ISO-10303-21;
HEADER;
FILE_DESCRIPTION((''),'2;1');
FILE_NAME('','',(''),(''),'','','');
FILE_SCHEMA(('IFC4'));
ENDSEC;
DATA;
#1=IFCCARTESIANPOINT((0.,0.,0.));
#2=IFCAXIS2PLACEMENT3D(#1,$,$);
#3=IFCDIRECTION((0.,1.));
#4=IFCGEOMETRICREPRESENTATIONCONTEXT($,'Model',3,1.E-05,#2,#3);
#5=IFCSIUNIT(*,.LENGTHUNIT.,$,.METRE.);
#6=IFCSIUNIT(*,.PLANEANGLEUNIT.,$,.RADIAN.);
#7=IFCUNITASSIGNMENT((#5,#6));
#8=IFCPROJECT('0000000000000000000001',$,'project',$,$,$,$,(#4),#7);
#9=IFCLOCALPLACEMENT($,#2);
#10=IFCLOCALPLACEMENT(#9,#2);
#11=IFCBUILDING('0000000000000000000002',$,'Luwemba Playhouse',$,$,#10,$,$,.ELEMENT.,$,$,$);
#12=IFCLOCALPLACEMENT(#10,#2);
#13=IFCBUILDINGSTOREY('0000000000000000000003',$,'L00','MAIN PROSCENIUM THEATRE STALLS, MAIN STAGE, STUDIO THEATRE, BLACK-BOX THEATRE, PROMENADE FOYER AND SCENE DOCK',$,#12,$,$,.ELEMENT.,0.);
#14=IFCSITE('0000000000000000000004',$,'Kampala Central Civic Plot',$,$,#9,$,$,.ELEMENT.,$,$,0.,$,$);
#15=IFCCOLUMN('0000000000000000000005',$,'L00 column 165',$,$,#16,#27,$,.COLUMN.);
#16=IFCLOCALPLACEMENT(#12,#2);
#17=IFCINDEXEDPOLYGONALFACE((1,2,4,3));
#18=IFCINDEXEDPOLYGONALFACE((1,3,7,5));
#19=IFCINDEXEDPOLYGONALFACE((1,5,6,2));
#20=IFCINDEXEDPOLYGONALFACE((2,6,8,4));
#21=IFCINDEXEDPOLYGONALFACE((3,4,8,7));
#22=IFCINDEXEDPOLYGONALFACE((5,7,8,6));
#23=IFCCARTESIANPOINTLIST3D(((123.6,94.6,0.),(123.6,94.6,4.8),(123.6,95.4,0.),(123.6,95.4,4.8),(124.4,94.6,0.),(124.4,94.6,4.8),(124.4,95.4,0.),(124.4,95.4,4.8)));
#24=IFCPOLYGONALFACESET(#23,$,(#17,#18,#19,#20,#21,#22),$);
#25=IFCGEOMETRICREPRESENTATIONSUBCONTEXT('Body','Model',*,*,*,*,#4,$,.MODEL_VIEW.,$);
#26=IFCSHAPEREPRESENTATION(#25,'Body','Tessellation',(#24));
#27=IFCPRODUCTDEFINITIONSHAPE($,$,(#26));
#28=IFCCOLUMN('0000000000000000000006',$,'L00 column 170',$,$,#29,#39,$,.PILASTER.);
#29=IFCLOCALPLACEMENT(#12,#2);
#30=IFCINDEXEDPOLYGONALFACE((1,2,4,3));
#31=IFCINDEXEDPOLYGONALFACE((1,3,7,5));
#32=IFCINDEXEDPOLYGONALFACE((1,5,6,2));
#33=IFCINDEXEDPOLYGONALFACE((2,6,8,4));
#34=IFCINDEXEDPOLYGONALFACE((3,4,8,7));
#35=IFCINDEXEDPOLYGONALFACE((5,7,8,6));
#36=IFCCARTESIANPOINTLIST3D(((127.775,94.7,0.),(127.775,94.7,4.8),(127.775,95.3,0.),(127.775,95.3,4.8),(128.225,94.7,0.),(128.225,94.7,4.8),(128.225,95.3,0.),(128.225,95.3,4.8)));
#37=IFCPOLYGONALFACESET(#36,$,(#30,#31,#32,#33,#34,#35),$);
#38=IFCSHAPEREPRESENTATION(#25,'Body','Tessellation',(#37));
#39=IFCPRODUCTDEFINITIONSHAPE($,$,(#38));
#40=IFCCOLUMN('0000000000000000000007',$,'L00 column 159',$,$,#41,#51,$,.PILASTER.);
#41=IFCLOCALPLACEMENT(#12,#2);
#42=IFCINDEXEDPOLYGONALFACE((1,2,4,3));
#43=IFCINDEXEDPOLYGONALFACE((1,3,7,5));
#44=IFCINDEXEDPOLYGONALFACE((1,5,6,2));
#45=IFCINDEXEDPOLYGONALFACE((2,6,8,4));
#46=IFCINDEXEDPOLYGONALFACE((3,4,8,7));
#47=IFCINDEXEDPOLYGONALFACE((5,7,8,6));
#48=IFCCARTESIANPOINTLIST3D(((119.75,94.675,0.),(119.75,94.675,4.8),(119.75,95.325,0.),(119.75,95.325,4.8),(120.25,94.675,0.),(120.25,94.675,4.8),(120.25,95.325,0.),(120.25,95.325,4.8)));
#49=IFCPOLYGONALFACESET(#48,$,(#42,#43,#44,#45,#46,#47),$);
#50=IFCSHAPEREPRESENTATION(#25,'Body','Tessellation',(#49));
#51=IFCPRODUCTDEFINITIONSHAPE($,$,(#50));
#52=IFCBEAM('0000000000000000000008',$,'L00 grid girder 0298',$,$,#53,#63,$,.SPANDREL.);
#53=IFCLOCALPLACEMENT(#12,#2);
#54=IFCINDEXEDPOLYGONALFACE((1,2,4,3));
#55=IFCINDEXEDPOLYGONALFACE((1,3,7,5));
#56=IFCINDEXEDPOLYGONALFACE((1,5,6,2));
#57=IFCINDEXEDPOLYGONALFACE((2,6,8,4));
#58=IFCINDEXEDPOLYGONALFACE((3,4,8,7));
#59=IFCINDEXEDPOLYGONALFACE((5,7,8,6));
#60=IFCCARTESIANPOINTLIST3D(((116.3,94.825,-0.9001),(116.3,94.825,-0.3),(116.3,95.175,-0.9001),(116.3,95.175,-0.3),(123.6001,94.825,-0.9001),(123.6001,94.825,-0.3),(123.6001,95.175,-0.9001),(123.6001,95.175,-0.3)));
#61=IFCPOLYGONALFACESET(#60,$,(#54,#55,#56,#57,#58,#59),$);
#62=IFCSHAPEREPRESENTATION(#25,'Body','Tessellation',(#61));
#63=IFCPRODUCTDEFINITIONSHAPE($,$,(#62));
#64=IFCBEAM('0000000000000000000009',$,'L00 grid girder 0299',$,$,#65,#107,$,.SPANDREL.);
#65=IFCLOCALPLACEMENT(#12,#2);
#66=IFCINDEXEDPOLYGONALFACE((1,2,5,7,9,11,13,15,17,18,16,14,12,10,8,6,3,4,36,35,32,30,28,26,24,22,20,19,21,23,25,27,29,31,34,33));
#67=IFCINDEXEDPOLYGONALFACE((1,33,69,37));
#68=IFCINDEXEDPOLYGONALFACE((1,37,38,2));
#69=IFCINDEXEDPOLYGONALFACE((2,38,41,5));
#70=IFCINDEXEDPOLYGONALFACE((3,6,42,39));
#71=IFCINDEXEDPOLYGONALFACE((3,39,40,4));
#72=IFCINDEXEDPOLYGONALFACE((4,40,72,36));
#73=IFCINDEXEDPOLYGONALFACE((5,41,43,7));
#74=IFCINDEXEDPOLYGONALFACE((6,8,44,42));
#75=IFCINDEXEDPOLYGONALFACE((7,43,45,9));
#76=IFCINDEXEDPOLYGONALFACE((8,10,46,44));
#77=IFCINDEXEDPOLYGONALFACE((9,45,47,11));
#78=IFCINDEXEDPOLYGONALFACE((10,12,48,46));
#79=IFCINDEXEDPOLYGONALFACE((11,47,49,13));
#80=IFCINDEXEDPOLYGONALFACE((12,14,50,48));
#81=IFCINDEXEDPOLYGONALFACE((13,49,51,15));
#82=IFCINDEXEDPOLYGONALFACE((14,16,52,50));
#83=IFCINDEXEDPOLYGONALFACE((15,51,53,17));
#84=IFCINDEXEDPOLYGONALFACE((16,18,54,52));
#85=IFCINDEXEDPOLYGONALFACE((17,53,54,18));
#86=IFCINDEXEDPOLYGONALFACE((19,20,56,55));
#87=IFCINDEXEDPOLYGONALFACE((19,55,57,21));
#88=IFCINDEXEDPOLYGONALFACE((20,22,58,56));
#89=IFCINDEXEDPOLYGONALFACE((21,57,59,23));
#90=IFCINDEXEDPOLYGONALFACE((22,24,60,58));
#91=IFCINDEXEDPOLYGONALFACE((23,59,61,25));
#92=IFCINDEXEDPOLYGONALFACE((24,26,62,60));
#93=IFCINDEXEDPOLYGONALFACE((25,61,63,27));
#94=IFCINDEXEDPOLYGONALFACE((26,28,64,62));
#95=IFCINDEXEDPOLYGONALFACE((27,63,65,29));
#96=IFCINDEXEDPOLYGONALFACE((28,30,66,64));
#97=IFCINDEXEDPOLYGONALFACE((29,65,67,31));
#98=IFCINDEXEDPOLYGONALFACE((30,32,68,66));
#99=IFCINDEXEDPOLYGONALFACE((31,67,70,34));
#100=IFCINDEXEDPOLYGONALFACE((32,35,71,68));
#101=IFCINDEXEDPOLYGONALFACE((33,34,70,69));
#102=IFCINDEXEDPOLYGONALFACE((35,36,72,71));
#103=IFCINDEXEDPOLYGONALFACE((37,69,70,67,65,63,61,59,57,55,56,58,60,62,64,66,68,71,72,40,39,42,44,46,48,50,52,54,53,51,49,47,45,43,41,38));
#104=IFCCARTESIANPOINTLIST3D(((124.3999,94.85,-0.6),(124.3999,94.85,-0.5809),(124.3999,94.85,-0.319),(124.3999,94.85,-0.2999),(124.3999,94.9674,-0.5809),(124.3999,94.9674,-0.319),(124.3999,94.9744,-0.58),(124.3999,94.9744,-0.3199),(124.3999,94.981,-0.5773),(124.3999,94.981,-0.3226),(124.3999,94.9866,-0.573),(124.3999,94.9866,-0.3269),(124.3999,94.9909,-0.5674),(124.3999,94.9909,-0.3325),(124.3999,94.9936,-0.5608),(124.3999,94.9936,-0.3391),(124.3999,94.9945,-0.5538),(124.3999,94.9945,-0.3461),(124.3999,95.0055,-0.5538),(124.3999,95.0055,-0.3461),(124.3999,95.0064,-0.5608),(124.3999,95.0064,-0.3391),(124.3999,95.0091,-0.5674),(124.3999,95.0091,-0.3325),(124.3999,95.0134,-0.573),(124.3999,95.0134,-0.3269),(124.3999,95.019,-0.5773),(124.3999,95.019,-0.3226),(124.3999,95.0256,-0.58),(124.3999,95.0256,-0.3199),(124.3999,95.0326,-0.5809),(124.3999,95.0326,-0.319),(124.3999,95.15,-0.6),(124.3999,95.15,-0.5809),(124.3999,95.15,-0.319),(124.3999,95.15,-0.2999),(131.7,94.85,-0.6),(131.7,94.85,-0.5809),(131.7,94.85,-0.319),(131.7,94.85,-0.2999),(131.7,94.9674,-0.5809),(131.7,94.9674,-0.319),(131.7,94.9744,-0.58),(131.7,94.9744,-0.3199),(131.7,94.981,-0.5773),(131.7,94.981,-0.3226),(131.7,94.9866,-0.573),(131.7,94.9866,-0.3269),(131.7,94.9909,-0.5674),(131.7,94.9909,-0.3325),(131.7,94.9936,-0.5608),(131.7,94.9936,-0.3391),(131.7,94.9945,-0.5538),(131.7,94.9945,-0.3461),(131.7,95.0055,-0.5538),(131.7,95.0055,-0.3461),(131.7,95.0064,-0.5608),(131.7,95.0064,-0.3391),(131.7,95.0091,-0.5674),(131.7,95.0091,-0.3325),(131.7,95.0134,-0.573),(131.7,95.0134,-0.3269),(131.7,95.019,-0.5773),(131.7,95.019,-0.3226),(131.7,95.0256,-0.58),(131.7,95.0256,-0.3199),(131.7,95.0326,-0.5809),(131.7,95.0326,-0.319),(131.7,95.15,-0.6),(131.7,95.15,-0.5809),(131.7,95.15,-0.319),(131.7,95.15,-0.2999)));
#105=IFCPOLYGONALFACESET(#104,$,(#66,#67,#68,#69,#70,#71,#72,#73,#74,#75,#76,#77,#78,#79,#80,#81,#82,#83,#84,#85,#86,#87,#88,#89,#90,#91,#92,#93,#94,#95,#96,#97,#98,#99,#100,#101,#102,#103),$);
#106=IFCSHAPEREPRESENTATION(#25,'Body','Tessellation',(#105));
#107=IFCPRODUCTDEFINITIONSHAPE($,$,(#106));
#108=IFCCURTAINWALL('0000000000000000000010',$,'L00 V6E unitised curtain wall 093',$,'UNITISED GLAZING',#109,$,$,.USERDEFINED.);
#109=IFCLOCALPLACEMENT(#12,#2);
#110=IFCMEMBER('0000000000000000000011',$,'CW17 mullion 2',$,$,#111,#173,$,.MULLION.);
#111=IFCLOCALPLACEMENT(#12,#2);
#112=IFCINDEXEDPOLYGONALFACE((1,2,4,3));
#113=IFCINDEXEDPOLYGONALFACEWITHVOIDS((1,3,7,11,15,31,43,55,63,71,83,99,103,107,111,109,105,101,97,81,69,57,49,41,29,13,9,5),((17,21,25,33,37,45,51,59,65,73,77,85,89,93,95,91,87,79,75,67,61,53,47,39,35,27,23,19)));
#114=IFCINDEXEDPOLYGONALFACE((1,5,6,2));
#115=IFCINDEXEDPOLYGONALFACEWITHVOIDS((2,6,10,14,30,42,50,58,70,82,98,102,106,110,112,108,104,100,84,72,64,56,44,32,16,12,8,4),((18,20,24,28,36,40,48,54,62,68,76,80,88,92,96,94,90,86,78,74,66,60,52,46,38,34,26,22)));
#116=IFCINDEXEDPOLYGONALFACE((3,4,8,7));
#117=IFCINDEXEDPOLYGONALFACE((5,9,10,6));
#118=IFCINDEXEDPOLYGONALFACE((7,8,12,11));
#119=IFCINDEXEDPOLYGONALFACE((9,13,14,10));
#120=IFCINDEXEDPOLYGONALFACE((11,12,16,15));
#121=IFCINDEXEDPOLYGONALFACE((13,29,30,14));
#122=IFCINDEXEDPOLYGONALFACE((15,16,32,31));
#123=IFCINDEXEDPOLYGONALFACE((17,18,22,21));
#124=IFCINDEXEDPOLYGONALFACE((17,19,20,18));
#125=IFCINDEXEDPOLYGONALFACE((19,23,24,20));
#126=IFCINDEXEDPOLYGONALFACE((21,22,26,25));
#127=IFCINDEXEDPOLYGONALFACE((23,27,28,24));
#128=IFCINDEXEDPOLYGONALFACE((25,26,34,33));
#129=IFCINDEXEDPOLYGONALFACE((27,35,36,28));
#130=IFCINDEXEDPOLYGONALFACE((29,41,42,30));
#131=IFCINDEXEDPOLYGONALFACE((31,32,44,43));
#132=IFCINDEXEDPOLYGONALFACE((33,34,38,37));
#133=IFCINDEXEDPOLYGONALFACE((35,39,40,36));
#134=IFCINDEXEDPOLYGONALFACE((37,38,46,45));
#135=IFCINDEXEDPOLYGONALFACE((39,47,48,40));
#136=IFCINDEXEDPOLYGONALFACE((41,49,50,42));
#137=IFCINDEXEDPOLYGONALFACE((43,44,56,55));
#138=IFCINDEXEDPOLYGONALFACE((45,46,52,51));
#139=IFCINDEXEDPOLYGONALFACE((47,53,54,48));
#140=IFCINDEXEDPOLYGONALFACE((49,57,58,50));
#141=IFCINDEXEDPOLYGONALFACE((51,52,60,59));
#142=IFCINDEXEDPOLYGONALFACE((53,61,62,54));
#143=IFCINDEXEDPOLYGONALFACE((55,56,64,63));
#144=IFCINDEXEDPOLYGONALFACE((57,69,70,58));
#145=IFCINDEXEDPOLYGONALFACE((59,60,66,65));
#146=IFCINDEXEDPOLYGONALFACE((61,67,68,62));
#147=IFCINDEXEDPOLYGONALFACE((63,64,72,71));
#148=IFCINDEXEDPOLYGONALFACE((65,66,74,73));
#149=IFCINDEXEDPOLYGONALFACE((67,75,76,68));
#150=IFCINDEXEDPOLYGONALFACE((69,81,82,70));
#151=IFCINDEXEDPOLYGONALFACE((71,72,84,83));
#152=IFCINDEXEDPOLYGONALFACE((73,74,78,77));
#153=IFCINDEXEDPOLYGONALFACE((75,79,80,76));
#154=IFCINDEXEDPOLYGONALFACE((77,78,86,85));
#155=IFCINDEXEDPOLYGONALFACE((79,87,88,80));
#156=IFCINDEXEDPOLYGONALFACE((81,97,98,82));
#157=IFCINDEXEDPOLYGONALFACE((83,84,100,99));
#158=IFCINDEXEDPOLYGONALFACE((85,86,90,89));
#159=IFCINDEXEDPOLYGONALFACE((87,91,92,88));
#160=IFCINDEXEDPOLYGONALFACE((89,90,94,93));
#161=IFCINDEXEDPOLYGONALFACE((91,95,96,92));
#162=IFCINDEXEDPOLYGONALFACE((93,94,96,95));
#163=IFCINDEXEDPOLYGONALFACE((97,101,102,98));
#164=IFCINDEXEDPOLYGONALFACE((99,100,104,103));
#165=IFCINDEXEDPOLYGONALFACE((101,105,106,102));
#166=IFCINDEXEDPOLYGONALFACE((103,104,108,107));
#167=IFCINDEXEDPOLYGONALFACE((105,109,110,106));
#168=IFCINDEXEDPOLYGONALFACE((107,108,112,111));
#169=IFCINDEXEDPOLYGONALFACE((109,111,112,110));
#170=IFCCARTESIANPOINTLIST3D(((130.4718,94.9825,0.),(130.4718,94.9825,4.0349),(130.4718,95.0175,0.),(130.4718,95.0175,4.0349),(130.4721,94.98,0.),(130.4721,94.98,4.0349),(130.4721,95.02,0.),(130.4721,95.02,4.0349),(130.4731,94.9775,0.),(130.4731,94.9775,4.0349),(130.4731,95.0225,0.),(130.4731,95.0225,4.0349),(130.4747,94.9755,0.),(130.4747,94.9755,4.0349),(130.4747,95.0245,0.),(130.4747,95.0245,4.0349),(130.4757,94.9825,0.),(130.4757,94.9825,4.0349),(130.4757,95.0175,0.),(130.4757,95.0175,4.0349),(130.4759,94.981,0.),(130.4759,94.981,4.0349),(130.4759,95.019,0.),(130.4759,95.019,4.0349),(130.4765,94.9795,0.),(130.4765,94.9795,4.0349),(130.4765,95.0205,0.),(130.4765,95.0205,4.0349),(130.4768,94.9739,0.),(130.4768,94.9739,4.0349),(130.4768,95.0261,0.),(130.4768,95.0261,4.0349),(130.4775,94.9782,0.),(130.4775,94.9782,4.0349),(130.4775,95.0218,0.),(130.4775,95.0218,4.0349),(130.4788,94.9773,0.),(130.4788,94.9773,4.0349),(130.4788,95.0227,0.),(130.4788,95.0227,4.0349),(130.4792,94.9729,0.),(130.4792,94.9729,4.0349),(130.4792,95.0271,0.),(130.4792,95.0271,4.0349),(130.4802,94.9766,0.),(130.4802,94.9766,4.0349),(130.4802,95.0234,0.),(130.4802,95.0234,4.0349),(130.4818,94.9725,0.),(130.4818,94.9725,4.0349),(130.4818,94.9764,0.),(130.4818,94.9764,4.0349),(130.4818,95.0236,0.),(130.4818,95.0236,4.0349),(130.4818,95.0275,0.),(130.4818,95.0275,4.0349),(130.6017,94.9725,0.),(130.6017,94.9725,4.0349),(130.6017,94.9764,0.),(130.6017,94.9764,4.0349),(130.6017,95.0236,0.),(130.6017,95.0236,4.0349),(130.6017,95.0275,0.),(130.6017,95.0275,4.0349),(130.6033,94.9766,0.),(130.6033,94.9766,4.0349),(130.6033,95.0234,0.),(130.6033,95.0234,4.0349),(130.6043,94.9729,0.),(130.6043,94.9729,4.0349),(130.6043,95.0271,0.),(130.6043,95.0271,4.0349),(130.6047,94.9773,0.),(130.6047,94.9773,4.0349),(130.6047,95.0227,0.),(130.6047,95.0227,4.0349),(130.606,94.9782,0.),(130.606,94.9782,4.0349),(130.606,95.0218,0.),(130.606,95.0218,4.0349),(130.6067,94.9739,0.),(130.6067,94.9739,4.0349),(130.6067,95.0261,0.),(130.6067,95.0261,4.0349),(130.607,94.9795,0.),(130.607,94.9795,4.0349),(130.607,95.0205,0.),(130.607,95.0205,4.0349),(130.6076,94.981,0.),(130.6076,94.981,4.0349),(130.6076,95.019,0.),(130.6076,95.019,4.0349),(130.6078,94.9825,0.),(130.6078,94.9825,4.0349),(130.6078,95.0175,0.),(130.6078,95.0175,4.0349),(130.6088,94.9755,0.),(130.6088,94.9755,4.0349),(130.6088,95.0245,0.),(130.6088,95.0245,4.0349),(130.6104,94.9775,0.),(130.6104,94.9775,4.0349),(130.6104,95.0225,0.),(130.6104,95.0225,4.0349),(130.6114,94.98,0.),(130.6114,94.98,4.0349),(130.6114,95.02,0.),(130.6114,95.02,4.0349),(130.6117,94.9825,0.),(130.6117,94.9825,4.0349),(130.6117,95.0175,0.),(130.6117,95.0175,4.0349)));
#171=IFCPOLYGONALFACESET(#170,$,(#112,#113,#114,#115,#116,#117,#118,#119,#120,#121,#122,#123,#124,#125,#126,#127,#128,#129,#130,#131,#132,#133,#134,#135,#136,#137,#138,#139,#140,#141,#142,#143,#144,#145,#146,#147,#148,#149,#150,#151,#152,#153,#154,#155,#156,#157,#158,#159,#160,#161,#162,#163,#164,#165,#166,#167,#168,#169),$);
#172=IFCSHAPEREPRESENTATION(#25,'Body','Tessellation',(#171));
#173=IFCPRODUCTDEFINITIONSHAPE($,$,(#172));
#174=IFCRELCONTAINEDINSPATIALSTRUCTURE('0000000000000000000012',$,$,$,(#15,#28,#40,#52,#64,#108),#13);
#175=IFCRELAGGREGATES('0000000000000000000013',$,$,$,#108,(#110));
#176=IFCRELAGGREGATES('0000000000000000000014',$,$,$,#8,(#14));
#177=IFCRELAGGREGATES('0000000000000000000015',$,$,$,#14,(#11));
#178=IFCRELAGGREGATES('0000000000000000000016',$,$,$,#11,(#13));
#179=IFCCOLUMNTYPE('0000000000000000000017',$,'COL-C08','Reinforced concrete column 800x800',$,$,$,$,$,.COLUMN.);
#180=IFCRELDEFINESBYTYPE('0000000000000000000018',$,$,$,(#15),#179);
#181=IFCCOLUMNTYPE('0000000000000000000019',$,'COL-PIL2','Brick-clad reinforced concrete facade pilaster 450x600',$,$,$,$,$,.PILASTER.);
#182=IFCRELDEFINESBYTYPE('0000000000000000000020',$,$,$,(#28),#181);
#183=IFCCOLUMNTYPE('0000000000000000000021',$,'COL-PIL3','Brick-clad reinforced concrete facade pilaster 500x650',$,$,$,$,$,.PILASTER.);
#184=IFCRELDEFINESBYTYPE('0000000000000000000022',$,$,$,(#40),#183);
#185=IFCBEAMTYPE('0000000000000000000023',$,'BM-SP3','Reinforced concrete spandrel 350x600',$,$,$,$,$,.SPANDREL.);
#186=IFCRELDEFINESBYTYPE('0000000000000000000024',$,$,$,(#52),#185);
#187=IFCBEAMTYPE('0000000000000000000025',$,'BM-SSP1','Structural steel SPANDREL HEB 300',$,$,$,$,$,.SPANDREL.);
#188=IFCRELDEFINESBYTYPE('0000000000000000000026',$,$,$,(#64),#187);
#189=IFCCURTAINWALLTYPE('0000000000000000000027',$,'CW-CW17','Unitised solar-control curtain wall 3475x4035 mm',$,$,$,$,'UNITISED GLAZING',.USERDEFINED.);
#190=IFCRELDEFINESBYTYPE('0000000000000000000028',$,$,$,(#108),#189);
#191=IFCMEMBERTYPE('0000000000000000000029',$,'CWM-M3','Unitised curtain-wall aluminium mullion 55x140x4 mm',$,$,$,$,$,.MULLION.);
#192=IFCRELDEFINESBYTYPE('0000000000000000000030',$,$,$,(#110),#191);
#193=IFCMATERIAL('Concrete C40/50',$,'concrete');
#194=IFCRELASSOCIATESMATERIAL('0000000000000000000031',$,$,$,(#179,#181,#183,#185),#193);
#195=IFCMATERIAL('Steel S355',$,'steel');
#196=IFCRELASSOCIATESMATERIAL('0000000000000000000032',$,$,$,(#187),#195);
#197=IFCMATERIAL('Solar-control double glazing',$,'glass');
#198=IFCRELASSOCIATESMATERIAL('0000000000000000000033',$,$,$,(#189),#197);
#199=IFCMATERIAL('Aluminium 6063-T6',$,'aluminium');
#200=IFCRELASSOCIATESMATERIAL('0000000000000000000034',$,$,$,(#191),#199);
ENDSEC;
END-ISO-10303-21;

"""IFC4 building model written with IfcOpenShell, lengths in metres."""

from ifc_helpers import new_model, si_unit, direction, frame, origin, origin_2d, place, context, subcontext, project, spatial, rectangle, hollow_rectangle, i_section, extrude, material, material_profile, profile_set, type_object, element, aggregate, save


model = new_model("IFC4")

# Units and contexts
model_context = context("Model", 3, precision=1e-05, world=origin(), true_north=direction((0.0, 1.0)))
body_context = subcontext(model_context, "Body", "Model", "MODEL_VIEW")
ifc_project = project(units=[si_unit("LENGTHUNIT", "METRE"), si_unit("PLANEANGLEUNIT", "RADIAN")], contexts=[model_context])

# Site, building, storey
site_placement = place(None, origin())
site = spatial("IfcSite", under=ifc_project, at=site_placement, Name="Kampala Central Civic Plot", CompositionType="ELEMENT", RefElevation=0.0)
building_placement = place(site_placement, origin())
building = spatial("IfcBuilding", under=site, at=building_placement, Name="Luwemba Playhouse", CompositionType="ELEMENT")
storey_placement = place(building_placement, origin())
storey = spatial("IfcBuildingStorey", under=building, at=storey_placement, Name="L00", Description="MAIN PROSCENIUM THEATRE STALLS, MAIN STAGE, STUDIO THEATRE, BLACK-BOX THEATRE, PROMENADE FOYER AND SCENE DOCK", CompositionType="ELEMENT", Elevation=0.0)

# Columns
ifc_material_1 = material(Name="Concrete C40/50", Category="concrete")
ifc_material_profile_1 = material_profile(ifc_material_1, rectangle(XDim=0.8, YDim=0.8, at=origin_2d()))
ifc_profile_set_1 = profile_set([ifc_material_profile_1], Name="Concrete C40/50")
column_type_1 = type_object("IfcColumnType", Name="COL-C08", Description="Reinforced concrete column 800x800", PredefinedType="COLUMN", material=ifc_profile_set_1)
column_1_placement = place(storey_placement, frame((124.0, 95.0, 0.0), z_axis=(0.0, 0.0, 1.0), x_axis=(1.0, 0.0, 0.0)))
element("IfcColumn", 1, at=column_1_placement, inside=storey, type_object=column_type_1, Name="L00 column 165", PredefinedType="COLUMN", context=body_context, shape_type="SweptSolid", body=[
    extrude(rectangle(XDim=0.8, YDim=0.8, at=origin_2d()), origin(), (0.0, 0.0, 1.0), 4.8),
])
ifc_material_profile_2 = material_profile(ifc_material_1, rectangle(XDim=0.45, YDim=0.6001, at=origin_2d()))
ifc_profile_set_2 = profile_set([ifc_material_profile_2], Name="Concrete C40/50")
column_type_2 = type_object("IfcColumnType", Name="COL-PIL2", Description="Brick-clad reinforced concrete facade pilaster 450x600", PredefinedType="PILASTER", material=ifc_profile_set_2)
column_2_placement = place(storey_placement, frame((128.0, 95.0, 0.0), z_axis=(0.0, 0.0, 1.0), x_axis=(1.0, 0.0, 0.0)))
element("IfcColumn", 2, at=column_2_placement, inside=storey, type_object=column_type_2, Name="L00 column 170", PredefinedType="PILASTER", context=body_context, shape_type="SweptSolid", body=[
    extrude(rectangle(XDim=0.45, YDim=0.6001, at=origin_2d()), origin(), (0.0, 0.0, 1.0), 4.8),
])
ifc_material_profile_3 = material_profile(ifc_material_1, rectangle(XDim=0.5, YDim=0.6499, at=origin_2d()))
ifc_profile_set_3 = profile_set([ifc_material_profile_3], Name="Concrete C40/50")
column_type_3 = type_object("IfcColumnType", Name="COL-PIL3", Description="Brick-clad reinforced concrete facade pilaster 500x650", PredefinedType="PILASTER", material=ifc_profile_set_3)
column_3_placement = place(storey_placement, frame((120.0, 95.0, 0.0), z_axis=(0.0, 0.0, 1.0), x_axis=(1.0, 0.0, 0.0)))
element("IfcColumn", 3, at=column_3_placement, inside=storey, type_object=column_type_3, Name="L00 column 159", PredefinedType="PILASTER", context=body_context, shape_type="SweptSolid", body=[
    extrude(rectangle(XDim=0.5, YDim=0.6499, at=origin_2d()), origin(), (0.0, 0.0, 1.0), 4.8),
])

# Beams
ifc_material_profile_4 = material_profile(ifc_material_1, rectangle(XDim=0.3501, YDim=0.6001, at=origin_2d()))
ifc_profile_set_4 = profile_set([ifc_material_profile_4], Name="Concrete C40/50")
beam_type_1 = type_object("IfcBeamType", Name="BM-SP3", Description="Reinforced concrete spandrel 350x600", PredefinedType="SPANDREL", material=ifc_profile_set_4)
beam_1_placement = place(storey_placement, frame((116.3, 95.0, -0.6001), z_axis=(1.0, 0.0, 0.0), x_axis=(0.0, 1.0, 0.0)))
element("IfcBeam", 4, at=beam_1_placement, inside=storey, type_object=beam_type_1, Name="L00 grid girder 0298", PredefinedType="SPANDREL", context=body_context, shape_type="SweptSolid", body=[
    extrude(rectangle(XDim=0.3501, YDim=0.6001, at=origin_2d()), origin(), (0.0, 0.0, 1.0), 7.3),
])
ifc_material_2 = material(Name="Steel S355", Category="steel")
ifc_material_profile_5 = material_profile(ifc_material_2, i_section(OverallWidth=0.3, OverallDepth=0.3, WebThickness=0.011, FlangeThickness=0.019, FilletRadius=0.0271, at=origin_2d()))
ifc_profile_set_5 = profile_set([ifc_material_profile_5], Name="Steel S355")
beam_type_2 = type_object("IfcBeamType", Name="BM-SSP1", Description="Structural steel SPANDREL HEB 300", PredefinedType="SPANDREL", material=ifc_profile_set_5)
beam_2_placement = place(storey_placement, frame((124.3999, 95.0, -0.45), z_axis=(1.0, 0.0, 0.0), x_axis=(0.0, 1.0, 0.0)))
element("IfcBeam", 5, at=beam_2_placement, inside=storey, type_object=beam_type_2, Name="L00 grid girder 0299", PredefinedType="SPANDREL", context=body_context, shape_type="SweptSolid", body=[
    extrude(i_section(OverallWidth=0.3, OverallDepth=0.3, WebThickness=0.011, FlangeThickness=0.019, FilletRadius=0.0271, at=origin_2d()), origin(), (0.0, 0.0, 1.0), 7.3),
])

# Curtain wall, member
ifc_material_3 = material(Name="Solar-control double glazing", Category="glass")
curtain_wall_type = type_object("IfcCurtainWallType", Name="CW-CW17", Description="Unitised solar-control curtain wall 3475x4035 mm", ElementType="UNITISED GLAZING", PredefinedType="USERDEFINED", material=ifc_material_3)
curtain_wall_placement = place(storey_placement, origin())
curtain_wall = element("IfcCurtainWall", 6, at=curtain_wall_placement, inside=storey, type_object=curtain_wall_type, Name="L00 V6E unitised curtain wall 093", ObjectType="UNITISED GLAZING", PredefinedType="USERDEFINED")
ifc_material_4 = material(Name="Aluminium 6063-T6", Category="aluminium")
ifc_material_profile_6 = material_profile(ifc_material_4, hollow_rectangle(XDim=0.0549, YDim=0.1399, WallThickness=0.0039, InnerFilletRadius=0.0061, OuterFilletRadius=0.01, at=origin_2d()))
ifc_profile_set_6 = profile_set([ifc_material_profile_6], Name="Aluminium 6063-T6")
member_type_1 = type_object("IfcMemberType", Name="CWM-M3", Description="Unitised curtain-wall aluminium mullion 55x140x4 mm", PredefinedType="MULLION", material=ifc_profile_set_6)
member_1_placement = place(storey_placement, frame((130.5417, 95.0, 0.0), z_axis=(0.0, 0.0, 1.0), x_axis=(0.0, -1.0, 0.0)))
member_1 = element("IfcMember", 7, at=member_1_placement, type_object=member_type_1, Name="CW17 mullion 2", PredefinedType="MULLION", context=body_context, shape_type="SweptSolid", body=[
    extrude(hollow_rectangle(XDim=0.0549, YDim=0.1399, WallThickness=0.0039, InnerFilletRadius=0.0061, OuterFilletRadius=0.01, at=origin_2d()), origin(), (0.0, 0.0, 1.0), 4.0349),
])
aggregate(curtain_wall, [member_1])

save(model, "model.ifc")
